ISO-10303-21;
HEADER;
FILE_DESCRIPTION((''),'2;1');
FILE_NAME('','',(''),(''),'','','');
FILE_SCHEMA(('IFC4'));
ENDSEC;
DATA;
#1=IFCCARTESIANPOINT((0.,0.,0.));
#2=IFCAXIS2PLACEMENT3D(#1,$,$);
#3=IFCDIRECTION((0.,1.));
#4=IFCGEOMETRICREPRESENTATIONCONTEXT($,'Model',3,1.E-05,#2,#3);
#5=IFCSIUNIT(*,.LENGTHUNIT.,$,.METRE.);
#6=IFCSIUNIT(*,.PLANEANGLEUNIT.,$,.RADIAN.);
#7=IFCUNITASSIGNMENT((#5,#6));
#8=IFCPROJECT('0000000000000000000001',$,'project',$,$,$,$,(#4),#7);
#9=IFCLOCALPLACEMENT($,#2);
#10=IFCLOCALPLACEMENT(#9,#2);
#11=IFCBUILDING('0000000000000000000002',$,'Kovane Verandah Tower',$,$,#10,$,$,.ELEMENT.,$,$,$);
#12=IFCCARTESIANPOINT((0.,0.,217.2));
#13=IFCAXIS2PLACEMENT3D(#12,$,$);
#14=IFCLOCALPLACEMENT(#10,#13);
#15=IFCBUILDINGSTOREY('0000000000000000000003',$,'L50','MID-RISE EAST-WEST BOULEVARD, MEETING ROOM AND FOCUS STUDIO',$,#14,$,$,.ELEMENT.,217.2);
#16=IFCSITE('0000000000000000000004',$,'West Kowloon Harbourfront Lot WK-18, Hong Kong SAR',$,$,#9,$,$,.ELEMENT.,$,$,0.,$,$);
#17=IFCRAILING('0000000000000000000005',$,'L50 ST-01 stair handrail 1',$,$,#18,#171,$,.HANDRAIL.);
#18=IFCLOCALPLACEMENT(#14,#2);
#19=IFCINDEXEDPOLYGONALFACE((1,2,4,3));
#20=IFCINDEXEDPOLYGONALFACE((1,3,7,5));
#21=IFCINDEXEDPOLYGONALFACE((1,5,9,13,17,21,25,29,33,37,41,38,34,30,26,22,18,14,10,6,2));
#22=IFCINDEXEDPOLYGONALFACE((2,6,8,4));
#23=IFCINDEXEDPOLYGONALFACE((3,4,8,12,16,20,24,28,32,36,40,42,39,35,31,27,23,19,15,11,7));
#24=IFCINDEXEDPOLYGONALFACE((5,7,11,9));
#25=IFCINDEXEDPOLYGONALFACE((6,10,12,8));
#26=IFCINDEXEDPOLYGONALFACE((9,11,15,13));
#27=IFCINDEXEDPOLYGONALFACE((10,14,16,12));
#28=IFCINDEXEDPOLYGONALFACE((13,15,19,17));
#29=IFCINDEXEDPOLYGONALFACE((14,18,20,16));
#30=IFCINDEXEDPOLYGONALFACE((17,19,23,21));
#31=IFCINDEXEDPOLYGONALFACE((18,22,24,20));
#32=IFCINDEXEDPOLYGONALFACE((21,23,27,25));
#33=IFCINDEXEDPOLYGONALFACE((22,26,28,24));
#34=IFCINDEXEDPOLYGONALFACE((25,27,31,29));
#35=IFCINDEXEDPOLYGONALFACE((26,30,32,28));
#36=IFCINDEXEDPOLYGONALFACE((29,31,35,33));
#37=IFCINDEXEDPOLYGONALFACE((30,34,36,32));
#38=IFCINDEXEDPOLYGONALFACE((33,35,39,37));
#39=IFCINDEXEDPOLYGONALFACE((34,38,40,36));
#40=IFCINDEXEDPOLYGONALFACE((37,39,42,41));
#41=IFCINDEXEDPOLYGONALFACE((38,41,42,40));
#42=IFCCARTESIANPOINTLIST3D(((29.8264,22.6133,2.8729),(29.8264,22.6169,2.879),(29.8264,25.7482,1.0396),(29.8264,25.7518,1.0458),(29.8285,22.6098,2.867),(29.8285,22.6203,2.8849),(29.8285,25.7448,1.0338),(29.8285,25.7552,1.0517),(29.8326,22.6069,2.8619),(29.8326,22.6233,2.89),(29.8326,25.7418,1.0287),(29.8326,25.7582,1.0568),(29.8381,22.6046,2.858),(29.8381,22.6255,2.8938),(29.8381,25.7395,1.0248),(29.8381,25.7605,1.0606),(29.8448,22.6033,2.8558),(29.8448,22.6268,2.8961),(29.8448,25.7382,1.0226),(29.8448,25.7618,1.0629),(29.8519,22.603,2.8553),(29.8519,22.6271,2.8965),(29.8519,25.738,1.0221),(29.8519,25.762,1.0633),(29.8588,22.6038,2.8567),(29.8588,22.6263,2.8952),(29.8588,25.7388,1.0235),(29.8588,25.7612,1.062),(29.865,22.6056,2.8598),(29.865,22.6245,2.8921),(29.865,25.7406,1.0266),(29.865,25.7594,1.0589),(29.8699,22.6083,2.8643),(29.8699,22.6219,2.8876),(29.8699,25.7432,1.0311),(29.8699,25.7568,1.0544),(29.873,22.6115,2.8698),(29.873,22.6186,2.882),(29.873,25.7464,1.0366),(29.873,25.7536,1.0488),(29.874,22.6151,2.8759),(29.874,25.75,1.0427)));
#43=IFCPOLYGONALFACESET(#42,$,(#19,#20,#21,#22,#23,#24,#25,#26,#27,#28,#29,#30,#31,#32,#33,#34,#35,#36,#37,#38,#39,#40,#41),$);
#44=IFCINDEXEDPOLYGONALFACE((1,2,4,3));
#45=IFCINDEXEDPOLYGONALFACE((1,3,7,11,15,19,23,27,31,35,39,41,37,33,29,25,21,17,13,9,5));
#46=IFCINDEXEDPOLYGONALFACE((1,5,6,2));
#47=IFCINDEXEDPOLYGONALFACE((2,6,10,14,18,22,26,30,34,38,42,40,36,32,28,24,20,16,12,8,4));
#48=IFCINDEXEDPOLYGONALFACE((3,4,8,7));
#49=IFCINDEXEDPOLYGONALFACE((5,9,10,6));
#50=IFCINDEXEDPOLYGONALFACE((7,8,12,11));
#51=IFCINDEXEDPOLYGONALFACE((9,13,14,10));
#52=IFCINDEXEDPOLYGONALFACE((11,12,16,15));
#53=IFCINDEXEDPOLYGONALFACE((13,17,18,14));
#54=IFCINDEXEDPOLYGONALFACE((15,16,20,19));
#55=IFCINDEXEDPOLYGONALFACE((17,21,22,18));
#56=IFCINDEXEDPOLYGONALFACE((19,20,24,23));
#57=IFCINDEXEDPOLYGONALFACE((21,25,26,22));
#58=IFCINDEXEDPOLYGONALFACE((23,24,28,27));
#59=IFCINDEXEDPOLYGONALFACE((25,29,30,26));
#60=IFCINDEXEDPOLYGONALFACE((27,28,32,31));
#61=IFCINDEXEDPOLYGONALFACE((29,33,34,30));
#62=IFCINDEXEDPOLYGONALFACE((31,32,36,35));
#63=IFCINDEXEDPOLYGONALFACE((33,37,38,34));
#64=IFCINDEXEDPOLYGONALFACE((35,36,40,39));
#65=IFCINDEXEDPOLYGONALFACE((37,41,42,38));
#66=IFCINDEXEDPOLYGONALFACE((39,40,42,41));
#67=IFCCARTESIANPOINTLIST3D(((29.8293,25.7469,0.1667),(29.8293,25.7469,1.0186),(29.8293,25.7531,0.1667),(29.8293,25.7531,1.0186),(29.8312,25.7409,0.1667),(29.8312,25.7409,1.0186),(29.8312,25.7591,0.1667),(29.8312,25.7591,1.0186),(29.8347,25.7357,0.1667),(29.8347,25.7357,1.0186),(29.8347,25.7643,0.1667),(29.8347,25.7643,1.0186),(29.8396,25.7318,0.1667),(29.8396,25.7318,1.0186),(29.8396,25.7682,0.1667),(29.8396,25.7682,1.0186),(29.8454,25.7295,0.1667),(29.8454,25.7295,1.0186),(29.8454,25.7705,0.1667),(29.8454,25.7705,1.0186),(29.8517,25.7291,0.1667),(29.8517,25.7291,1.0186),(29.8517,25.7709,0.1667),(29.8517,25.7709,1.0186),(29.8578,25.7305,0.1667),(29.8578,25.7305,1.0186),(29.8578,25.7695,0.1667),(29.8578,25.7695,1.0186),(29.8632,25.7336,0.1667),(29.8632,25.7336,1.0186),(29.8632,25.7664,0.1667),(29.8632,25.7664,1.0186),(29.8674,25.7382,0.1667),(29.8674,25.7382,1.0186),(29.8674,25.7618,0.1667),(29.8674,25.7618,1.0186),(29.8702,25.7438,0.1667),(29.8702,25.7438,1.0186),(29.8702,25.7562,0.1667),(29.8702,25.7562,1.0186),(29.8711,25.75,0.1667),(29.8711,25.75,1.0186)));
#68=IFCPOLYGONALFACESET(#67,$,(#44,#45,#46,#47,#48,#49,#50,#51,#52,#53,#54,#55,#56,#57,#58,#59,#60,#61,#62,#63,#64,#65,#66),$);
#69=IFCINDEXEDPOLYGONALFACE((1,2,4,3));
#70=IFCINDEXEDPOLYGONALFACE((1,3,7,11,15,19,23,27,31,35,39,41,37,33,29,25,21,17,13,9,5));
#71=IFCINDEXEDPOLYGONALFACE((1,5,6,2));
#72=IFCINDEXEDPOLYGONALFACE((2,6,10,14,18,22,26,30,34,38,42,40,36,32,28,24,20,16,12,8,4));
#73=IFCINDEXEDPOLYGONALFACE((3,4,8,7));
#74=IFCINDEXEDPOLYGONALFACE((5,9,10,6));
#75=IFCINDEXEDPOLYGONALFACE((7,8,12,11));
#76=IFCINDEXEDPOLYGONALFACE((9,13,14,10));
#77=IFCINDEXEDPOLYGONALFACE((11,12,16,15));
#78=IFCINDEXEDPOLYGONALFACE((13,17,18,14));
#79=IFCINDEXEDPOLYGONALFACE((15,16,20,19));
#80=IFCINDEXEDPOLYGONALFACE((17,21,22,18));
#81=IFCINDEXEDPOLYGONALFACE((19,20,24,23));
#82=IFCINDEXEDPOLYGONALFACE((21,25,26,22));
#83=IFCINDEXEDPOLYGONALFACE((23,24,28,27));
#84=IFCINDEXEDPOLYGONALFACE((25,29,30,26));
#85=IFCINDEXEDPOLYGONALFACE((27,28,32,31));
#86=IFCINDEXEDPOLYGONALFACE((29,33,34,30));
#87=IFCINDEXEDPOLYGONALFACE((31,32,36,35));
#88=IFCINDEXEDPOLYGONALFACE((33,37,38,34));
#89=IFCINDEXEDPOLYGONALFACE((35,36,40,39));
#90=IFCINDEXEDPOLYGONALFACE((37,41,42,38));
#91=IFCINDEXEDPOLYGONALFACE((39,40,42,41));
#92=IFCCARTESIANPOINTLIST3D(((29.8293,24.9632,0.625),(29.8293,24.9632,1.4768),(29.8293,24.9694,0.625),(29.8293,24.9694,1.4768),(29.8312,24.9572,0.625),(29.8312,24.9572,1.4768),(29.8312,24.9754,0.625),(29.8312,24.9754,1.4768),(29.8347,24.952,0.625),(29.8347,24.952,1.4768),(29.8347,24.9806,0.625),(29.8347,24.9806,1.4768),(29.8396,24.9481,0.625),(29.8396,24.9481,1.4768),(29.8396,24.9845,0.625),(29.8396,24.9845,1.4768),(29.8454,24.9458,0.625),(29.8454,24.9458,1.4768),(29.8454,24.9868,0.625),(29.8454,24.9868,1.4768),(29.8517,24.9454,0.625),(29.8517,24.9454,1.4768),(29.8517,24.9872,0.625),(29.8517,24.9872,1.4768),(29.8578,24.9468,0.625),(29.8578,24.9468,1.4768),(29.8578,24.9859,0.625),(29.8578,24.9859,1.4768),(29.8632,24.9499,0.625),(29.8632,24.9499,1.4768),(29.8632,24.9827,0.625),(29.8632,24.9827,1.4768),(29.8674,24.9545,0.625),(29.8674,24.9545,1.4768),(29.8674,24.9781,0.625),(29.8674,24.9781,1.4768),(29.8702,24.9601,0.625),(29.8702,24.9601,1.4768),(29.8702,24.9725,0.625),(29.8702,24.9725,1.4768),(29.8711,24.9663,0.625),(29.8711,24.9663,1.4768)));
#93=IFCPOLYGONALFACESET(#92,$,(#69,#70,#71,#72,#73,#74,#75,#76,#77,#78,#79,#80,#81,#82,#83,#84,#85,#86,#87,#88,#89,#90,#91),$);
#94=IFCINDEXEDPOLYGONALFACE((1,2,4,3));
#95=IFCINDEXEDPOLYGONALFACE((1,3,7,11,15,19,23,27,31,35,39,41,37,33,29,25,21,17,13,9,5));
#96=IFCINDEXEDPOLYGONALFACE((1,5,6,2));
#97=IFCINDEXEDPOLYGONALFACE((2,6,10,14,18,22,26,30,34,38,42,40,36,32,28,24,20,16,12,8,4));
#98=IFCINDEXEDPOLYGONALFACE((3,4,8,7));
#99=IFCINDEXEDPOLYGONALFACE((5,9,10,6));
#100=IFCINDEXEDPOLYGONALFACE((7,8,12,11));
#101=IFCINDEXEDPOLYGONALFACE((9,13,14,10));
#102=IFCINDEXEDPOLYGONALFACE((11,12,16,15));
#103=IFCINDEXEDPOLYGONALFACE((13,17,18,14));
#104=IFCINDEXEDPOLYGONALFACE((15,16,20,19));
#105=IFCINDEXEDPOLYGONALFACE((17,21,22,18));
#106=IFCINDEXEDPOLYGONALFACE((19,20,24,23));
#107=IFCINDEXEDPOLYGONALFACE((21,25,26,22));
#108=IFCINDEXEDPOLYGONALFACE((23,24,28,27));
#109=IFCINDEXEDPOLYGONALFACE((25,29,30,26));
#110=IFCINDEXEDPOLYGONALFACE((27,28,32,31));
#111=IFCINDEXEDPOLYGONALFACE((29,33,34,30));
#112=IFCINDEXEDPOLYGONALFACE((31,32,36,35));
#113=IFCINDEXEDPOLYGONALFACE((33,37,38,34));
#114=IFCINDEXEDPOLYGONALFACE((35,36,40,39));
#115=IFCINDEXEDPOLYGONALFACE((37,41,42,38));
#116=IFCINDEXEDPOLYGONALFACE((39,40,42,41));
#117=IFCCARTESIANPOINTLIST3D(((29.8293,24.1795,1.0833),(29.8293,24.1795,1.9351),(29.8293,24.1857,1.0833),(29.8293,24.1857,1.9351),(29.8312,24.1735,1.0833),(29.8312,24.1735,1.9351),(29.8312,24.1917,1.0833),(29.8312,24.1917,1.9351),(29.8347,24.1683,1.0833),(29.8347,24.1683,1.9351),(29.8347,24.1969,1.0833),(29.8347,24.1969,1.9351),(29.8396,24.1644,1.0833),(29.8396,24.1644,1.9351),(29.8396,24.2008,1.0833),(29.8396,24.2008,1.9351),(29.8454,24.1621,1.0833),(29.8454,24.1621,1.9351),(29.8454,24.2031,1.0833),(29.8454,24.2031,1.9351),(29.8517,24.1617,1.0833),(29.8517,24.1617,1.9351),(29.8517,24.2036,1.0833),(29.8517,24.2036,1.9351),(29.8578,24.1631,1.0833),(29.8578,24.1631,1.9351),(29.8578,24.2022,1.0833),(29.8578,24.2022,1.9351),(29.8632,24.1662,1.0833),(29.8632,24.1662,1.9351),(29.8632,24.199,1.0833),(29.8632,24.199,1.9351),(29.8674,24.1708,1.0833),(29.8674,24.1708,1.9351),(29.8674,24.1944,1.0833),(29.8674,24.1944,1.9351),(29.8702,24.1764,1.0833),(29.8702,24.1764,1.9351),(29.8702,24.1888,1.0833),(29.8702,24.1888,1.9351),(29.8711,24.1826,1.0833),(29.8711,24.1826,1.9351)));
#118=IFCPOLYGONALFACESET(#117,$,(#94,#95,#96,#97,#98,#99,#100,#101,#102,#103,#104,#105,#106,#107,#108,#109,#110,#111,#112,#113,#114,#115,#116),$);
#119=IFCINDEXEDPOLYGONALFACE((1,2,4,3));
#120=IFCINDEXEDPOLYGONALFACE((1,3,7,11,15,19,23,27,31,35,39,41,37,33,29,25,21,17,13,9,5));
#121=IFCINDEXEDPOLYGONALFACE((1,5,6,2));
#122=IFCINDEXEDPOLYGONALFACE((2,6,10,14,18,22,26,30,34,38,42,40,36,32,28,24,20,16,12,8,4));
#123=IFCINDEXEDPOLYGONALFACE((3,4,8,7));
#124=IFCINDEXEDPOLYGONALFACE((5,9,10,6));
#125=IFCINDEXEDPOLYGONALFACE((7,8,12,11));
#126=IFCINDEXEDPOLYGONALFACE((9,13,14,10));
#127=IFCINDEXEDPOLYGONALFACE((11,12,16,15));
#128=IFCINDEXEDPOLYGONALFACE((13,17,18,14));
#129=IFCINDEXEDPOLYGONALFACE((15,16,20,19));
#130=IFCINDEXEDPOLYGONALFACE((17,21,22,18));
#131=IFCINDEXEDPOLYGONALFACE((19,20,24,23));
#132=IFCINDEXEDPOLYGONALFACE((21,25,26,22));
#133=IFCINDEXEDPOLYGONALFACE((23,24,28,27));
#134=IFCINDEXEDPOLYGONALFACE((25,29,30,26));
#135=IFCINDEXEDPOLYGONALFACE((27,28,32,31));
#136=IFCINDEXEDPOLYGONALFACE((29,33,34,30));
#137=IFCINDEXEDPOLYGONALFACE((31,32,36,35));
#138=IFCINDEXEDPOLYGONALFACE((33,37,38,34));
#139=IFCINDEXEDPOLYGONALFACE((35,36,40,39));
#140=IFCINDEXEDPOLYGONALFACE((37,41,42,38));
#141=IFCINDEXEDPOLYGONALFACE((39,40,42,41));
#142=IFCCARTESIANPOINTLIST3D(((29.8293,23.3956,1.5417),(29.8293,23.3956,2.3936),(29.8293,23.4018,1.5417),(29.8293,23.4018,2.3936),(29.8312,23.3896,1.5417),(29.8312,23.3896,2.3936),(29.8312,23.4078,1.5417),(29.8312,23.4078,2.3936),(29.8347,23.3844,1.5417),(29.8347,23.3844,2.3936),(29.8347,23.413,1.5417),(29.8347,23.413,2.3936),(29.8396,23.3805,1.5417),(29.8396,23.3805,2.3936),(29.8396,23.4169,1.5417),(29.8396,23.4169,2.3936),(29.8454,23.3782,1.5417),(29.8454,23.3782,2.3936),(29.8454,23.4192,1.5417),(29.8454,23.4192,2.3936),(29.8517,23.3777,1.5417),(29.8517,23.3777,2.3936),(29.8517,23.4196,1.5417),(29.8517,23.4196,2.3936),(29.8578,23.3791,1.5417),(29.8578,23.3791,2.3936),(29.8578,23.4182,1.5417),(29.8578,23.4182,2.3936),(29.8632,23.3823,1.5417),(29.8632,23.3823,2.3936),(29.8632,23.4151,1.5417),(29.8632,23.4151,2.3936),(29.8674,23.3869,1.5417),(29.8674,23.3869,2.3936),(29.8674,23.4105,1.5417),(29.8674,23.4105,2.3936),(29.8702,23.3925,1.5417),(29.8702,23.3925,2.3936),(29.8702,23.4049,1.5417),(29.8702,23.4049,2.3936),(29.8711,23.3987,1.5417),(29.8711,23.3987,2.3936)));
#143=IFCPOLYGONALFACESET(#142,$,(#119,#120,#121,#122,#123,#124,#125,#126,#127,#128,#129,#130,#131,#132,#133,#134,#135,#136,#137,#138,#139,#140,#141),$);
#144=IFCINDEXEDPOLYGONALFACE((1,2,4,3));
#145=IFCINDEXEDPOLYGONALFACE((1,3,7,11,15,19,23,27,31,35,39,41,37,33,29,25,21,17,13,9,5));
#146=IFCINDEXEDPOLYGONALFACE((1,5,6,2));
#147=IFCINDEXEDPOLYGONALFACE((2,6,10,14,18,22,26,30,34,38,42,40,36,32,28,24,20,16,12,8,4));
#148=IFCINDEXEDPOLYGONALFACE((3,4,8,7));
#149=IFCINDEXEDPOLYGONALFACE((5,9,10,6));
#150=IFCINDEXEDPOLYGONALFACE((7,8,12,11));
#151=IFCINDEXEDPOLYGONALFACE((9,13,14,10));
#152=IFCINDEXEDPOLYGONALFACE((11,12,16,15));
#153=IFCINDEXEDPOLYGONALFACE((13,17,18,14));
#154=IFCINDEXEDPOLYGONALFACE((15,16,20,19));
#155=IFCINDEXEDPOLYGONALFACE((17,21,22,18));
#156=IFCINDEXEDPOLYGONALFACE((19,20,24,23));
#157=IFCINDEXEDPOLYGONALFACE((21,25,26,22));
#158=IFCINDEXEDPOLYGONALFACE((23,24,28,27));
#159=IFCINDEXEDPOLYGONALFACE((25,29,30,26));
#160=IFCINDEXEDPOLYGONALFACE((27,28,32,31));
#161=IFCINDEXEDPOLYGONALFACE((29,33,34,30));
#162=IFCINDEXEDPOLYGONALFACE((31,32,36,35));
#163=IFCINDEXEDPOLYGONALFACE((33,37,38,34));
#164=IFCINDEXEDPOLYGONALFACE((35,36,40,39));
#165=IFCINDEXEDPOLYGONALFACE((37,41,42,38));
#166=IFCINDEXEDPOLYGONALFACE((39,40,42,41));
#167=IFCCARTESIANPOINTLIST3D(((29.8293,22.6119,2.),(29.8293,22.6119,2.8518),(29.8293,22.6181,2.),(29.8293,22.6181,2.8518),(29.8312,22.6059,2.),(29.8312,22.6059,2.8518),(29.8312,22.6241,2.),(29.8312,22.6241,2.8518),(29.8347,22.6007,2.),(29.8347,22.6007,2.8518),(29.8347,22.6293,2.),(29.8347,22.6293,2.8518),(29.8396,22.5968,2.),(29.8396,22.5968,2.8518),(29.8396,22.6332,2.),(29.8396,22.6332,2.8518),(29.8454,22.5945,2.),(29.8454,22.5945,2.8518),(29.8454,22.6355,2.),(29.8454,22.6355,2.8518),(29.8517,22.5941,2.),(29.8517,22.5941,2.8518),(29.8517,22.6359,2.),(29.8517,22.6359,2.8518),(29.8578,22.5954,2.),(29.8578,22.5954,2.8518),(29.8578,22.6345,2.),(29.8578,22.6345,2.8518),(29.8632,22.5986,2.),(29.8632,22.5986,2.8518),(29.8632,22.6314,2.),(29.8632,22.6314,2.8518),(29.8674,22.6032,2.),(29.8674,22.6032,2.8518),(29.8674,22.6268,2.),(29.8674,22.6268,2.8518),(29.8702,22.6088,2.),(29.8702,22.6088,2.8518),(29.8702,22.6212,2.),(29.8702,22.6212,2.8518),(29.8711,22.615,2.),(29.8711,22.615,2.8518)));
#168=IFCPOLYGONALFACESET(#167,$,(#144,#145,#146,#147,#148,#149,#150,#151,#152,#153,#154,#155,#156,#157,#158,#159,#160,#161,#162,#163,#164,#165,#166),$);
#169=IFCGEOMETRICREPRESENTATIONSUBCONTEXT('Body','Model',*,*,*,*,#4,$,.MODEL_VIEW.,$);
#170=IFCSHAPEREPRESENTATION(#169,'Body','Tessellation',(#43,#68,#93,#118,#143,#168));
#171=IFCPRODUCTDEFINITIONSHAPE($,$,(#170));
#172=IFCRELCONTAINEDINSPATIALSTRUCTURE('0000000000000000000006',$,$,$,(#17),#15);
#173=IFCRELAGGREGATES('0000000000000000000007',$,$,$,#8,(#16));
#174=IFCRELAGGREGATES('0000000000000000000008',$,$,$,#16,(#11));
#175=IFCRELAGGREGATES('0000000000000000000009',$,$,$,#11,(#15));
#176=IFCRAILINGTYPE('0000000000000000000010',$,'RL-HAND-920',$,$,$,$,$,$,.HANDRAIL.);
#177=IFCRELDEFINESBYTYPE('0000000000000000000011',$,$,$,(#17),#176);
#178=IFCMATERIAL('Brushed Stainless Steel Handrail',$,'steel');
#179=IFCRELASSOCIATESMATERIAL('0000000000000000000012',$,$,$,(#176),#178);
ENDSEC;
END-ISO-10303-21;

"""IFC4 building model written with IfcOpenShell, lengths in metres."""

from ifc_helpers import new_model, si_unit, direction, frame, origin, origin_2d, place, context, subcontext, project, spatial, circle, extrude, material, type_object, element, save


model = new_model("IFC4")

# Units and contexts
model_context = context("Model", 3, precision=1e-05, world=origin(), true_north=direction((0.0, 1.0)))
body_context = subcontext(model_context, "Body", "Model", "MODEL_VIEW")
ifc_project = project(units=[si_unit("LENGTHUNIT", "METRE"), si_unit("PLANEANGLEUNIT", "RADIAN")], contexts=[model_context])

# Site, building, storey
site_placement = place(None, origin())
site = spatial("IfcSite", under=ifc_project, at=site_placement, Name="West Kowloon Harbourfront Lot WK-18, Hong Kong SAR", CompositionType="ELEMENT", RefElevation=0.0)
building_placement = place(site_placement, origin())
building = spatial("IfcBuilding", under=site, at=building_placement, Name="Kovane Verandah Tower", CompositionType="ELEMENT")
storey_placement = place(building_placement, frame((0.0, 0.0, 217.2)))
storey = spatial("IfcBuildingStorey", under=building, at=storey_placement, Name="L50", Description="MID-RISE EAST-WEST BOULEVARD, MEETING ROOM AND FOCUS STUDIO", CompositionType="ELEMENT", Elevation=217.2)

# Railing
ifc_material_1 = material(Name="Brushed Stainless Steel Handrail", Category="steel")
railing_type_1 = type_object("IfcRailingType", Name="RL-HAND-920", PredefinedType="HANDRAIL", material=ifc_material_1)
railing_1_placement = place(storey_placement, frame((29.8501, 25.75, 0.1667)))
element("IfcRailing", 1, at=railing_1_placement, inside=storey, type_object=railing_type_1, Name="L50 ST-01 stair handrail 1", PredefinedType="HANDRAIL", context=body_context, shape_type="SweptSolid", body=[
    extrude(circle(Radius=0.0239, at=origin_2d()), frame((0.0, 0.0, 0.876), z_axis=(0.0, -0.86324, 0.504794), x_axis=(1.0, 0.0, 0.0)), (0.0, 0.0, 1.0), 3.6316),
    extrude(circle(Radius=0.021, at=origin_2d()), origin(), (0.0, 0.0, 1.0), 0.8518),
    extrude(circle(Radius=0.021, at=origin_2d()), frame((0.0, -0.7837, 0.4583)), (0.0, 0.0, 1.0), 0.8518),
    extrude(circle(Radius=0.021, at=origin_2d()), frame((0.0, -1.5674, 0.9165)), (0.0, 0.0, 1.0), 0.8518),
    extrude(circle(Radius=0.021, at=origin_2d()), frame((0.0, -2.3513, 1.375)), (0.0, 0.0, 1.0), 0.8518),
    extrude(circle(Radius=0.021, at=origin_2d()), frame((0.0, -3.135, 1.8333)), (0.0, 0.0, 1.0), 0.8518),
])

save(model, "model.ifc")
